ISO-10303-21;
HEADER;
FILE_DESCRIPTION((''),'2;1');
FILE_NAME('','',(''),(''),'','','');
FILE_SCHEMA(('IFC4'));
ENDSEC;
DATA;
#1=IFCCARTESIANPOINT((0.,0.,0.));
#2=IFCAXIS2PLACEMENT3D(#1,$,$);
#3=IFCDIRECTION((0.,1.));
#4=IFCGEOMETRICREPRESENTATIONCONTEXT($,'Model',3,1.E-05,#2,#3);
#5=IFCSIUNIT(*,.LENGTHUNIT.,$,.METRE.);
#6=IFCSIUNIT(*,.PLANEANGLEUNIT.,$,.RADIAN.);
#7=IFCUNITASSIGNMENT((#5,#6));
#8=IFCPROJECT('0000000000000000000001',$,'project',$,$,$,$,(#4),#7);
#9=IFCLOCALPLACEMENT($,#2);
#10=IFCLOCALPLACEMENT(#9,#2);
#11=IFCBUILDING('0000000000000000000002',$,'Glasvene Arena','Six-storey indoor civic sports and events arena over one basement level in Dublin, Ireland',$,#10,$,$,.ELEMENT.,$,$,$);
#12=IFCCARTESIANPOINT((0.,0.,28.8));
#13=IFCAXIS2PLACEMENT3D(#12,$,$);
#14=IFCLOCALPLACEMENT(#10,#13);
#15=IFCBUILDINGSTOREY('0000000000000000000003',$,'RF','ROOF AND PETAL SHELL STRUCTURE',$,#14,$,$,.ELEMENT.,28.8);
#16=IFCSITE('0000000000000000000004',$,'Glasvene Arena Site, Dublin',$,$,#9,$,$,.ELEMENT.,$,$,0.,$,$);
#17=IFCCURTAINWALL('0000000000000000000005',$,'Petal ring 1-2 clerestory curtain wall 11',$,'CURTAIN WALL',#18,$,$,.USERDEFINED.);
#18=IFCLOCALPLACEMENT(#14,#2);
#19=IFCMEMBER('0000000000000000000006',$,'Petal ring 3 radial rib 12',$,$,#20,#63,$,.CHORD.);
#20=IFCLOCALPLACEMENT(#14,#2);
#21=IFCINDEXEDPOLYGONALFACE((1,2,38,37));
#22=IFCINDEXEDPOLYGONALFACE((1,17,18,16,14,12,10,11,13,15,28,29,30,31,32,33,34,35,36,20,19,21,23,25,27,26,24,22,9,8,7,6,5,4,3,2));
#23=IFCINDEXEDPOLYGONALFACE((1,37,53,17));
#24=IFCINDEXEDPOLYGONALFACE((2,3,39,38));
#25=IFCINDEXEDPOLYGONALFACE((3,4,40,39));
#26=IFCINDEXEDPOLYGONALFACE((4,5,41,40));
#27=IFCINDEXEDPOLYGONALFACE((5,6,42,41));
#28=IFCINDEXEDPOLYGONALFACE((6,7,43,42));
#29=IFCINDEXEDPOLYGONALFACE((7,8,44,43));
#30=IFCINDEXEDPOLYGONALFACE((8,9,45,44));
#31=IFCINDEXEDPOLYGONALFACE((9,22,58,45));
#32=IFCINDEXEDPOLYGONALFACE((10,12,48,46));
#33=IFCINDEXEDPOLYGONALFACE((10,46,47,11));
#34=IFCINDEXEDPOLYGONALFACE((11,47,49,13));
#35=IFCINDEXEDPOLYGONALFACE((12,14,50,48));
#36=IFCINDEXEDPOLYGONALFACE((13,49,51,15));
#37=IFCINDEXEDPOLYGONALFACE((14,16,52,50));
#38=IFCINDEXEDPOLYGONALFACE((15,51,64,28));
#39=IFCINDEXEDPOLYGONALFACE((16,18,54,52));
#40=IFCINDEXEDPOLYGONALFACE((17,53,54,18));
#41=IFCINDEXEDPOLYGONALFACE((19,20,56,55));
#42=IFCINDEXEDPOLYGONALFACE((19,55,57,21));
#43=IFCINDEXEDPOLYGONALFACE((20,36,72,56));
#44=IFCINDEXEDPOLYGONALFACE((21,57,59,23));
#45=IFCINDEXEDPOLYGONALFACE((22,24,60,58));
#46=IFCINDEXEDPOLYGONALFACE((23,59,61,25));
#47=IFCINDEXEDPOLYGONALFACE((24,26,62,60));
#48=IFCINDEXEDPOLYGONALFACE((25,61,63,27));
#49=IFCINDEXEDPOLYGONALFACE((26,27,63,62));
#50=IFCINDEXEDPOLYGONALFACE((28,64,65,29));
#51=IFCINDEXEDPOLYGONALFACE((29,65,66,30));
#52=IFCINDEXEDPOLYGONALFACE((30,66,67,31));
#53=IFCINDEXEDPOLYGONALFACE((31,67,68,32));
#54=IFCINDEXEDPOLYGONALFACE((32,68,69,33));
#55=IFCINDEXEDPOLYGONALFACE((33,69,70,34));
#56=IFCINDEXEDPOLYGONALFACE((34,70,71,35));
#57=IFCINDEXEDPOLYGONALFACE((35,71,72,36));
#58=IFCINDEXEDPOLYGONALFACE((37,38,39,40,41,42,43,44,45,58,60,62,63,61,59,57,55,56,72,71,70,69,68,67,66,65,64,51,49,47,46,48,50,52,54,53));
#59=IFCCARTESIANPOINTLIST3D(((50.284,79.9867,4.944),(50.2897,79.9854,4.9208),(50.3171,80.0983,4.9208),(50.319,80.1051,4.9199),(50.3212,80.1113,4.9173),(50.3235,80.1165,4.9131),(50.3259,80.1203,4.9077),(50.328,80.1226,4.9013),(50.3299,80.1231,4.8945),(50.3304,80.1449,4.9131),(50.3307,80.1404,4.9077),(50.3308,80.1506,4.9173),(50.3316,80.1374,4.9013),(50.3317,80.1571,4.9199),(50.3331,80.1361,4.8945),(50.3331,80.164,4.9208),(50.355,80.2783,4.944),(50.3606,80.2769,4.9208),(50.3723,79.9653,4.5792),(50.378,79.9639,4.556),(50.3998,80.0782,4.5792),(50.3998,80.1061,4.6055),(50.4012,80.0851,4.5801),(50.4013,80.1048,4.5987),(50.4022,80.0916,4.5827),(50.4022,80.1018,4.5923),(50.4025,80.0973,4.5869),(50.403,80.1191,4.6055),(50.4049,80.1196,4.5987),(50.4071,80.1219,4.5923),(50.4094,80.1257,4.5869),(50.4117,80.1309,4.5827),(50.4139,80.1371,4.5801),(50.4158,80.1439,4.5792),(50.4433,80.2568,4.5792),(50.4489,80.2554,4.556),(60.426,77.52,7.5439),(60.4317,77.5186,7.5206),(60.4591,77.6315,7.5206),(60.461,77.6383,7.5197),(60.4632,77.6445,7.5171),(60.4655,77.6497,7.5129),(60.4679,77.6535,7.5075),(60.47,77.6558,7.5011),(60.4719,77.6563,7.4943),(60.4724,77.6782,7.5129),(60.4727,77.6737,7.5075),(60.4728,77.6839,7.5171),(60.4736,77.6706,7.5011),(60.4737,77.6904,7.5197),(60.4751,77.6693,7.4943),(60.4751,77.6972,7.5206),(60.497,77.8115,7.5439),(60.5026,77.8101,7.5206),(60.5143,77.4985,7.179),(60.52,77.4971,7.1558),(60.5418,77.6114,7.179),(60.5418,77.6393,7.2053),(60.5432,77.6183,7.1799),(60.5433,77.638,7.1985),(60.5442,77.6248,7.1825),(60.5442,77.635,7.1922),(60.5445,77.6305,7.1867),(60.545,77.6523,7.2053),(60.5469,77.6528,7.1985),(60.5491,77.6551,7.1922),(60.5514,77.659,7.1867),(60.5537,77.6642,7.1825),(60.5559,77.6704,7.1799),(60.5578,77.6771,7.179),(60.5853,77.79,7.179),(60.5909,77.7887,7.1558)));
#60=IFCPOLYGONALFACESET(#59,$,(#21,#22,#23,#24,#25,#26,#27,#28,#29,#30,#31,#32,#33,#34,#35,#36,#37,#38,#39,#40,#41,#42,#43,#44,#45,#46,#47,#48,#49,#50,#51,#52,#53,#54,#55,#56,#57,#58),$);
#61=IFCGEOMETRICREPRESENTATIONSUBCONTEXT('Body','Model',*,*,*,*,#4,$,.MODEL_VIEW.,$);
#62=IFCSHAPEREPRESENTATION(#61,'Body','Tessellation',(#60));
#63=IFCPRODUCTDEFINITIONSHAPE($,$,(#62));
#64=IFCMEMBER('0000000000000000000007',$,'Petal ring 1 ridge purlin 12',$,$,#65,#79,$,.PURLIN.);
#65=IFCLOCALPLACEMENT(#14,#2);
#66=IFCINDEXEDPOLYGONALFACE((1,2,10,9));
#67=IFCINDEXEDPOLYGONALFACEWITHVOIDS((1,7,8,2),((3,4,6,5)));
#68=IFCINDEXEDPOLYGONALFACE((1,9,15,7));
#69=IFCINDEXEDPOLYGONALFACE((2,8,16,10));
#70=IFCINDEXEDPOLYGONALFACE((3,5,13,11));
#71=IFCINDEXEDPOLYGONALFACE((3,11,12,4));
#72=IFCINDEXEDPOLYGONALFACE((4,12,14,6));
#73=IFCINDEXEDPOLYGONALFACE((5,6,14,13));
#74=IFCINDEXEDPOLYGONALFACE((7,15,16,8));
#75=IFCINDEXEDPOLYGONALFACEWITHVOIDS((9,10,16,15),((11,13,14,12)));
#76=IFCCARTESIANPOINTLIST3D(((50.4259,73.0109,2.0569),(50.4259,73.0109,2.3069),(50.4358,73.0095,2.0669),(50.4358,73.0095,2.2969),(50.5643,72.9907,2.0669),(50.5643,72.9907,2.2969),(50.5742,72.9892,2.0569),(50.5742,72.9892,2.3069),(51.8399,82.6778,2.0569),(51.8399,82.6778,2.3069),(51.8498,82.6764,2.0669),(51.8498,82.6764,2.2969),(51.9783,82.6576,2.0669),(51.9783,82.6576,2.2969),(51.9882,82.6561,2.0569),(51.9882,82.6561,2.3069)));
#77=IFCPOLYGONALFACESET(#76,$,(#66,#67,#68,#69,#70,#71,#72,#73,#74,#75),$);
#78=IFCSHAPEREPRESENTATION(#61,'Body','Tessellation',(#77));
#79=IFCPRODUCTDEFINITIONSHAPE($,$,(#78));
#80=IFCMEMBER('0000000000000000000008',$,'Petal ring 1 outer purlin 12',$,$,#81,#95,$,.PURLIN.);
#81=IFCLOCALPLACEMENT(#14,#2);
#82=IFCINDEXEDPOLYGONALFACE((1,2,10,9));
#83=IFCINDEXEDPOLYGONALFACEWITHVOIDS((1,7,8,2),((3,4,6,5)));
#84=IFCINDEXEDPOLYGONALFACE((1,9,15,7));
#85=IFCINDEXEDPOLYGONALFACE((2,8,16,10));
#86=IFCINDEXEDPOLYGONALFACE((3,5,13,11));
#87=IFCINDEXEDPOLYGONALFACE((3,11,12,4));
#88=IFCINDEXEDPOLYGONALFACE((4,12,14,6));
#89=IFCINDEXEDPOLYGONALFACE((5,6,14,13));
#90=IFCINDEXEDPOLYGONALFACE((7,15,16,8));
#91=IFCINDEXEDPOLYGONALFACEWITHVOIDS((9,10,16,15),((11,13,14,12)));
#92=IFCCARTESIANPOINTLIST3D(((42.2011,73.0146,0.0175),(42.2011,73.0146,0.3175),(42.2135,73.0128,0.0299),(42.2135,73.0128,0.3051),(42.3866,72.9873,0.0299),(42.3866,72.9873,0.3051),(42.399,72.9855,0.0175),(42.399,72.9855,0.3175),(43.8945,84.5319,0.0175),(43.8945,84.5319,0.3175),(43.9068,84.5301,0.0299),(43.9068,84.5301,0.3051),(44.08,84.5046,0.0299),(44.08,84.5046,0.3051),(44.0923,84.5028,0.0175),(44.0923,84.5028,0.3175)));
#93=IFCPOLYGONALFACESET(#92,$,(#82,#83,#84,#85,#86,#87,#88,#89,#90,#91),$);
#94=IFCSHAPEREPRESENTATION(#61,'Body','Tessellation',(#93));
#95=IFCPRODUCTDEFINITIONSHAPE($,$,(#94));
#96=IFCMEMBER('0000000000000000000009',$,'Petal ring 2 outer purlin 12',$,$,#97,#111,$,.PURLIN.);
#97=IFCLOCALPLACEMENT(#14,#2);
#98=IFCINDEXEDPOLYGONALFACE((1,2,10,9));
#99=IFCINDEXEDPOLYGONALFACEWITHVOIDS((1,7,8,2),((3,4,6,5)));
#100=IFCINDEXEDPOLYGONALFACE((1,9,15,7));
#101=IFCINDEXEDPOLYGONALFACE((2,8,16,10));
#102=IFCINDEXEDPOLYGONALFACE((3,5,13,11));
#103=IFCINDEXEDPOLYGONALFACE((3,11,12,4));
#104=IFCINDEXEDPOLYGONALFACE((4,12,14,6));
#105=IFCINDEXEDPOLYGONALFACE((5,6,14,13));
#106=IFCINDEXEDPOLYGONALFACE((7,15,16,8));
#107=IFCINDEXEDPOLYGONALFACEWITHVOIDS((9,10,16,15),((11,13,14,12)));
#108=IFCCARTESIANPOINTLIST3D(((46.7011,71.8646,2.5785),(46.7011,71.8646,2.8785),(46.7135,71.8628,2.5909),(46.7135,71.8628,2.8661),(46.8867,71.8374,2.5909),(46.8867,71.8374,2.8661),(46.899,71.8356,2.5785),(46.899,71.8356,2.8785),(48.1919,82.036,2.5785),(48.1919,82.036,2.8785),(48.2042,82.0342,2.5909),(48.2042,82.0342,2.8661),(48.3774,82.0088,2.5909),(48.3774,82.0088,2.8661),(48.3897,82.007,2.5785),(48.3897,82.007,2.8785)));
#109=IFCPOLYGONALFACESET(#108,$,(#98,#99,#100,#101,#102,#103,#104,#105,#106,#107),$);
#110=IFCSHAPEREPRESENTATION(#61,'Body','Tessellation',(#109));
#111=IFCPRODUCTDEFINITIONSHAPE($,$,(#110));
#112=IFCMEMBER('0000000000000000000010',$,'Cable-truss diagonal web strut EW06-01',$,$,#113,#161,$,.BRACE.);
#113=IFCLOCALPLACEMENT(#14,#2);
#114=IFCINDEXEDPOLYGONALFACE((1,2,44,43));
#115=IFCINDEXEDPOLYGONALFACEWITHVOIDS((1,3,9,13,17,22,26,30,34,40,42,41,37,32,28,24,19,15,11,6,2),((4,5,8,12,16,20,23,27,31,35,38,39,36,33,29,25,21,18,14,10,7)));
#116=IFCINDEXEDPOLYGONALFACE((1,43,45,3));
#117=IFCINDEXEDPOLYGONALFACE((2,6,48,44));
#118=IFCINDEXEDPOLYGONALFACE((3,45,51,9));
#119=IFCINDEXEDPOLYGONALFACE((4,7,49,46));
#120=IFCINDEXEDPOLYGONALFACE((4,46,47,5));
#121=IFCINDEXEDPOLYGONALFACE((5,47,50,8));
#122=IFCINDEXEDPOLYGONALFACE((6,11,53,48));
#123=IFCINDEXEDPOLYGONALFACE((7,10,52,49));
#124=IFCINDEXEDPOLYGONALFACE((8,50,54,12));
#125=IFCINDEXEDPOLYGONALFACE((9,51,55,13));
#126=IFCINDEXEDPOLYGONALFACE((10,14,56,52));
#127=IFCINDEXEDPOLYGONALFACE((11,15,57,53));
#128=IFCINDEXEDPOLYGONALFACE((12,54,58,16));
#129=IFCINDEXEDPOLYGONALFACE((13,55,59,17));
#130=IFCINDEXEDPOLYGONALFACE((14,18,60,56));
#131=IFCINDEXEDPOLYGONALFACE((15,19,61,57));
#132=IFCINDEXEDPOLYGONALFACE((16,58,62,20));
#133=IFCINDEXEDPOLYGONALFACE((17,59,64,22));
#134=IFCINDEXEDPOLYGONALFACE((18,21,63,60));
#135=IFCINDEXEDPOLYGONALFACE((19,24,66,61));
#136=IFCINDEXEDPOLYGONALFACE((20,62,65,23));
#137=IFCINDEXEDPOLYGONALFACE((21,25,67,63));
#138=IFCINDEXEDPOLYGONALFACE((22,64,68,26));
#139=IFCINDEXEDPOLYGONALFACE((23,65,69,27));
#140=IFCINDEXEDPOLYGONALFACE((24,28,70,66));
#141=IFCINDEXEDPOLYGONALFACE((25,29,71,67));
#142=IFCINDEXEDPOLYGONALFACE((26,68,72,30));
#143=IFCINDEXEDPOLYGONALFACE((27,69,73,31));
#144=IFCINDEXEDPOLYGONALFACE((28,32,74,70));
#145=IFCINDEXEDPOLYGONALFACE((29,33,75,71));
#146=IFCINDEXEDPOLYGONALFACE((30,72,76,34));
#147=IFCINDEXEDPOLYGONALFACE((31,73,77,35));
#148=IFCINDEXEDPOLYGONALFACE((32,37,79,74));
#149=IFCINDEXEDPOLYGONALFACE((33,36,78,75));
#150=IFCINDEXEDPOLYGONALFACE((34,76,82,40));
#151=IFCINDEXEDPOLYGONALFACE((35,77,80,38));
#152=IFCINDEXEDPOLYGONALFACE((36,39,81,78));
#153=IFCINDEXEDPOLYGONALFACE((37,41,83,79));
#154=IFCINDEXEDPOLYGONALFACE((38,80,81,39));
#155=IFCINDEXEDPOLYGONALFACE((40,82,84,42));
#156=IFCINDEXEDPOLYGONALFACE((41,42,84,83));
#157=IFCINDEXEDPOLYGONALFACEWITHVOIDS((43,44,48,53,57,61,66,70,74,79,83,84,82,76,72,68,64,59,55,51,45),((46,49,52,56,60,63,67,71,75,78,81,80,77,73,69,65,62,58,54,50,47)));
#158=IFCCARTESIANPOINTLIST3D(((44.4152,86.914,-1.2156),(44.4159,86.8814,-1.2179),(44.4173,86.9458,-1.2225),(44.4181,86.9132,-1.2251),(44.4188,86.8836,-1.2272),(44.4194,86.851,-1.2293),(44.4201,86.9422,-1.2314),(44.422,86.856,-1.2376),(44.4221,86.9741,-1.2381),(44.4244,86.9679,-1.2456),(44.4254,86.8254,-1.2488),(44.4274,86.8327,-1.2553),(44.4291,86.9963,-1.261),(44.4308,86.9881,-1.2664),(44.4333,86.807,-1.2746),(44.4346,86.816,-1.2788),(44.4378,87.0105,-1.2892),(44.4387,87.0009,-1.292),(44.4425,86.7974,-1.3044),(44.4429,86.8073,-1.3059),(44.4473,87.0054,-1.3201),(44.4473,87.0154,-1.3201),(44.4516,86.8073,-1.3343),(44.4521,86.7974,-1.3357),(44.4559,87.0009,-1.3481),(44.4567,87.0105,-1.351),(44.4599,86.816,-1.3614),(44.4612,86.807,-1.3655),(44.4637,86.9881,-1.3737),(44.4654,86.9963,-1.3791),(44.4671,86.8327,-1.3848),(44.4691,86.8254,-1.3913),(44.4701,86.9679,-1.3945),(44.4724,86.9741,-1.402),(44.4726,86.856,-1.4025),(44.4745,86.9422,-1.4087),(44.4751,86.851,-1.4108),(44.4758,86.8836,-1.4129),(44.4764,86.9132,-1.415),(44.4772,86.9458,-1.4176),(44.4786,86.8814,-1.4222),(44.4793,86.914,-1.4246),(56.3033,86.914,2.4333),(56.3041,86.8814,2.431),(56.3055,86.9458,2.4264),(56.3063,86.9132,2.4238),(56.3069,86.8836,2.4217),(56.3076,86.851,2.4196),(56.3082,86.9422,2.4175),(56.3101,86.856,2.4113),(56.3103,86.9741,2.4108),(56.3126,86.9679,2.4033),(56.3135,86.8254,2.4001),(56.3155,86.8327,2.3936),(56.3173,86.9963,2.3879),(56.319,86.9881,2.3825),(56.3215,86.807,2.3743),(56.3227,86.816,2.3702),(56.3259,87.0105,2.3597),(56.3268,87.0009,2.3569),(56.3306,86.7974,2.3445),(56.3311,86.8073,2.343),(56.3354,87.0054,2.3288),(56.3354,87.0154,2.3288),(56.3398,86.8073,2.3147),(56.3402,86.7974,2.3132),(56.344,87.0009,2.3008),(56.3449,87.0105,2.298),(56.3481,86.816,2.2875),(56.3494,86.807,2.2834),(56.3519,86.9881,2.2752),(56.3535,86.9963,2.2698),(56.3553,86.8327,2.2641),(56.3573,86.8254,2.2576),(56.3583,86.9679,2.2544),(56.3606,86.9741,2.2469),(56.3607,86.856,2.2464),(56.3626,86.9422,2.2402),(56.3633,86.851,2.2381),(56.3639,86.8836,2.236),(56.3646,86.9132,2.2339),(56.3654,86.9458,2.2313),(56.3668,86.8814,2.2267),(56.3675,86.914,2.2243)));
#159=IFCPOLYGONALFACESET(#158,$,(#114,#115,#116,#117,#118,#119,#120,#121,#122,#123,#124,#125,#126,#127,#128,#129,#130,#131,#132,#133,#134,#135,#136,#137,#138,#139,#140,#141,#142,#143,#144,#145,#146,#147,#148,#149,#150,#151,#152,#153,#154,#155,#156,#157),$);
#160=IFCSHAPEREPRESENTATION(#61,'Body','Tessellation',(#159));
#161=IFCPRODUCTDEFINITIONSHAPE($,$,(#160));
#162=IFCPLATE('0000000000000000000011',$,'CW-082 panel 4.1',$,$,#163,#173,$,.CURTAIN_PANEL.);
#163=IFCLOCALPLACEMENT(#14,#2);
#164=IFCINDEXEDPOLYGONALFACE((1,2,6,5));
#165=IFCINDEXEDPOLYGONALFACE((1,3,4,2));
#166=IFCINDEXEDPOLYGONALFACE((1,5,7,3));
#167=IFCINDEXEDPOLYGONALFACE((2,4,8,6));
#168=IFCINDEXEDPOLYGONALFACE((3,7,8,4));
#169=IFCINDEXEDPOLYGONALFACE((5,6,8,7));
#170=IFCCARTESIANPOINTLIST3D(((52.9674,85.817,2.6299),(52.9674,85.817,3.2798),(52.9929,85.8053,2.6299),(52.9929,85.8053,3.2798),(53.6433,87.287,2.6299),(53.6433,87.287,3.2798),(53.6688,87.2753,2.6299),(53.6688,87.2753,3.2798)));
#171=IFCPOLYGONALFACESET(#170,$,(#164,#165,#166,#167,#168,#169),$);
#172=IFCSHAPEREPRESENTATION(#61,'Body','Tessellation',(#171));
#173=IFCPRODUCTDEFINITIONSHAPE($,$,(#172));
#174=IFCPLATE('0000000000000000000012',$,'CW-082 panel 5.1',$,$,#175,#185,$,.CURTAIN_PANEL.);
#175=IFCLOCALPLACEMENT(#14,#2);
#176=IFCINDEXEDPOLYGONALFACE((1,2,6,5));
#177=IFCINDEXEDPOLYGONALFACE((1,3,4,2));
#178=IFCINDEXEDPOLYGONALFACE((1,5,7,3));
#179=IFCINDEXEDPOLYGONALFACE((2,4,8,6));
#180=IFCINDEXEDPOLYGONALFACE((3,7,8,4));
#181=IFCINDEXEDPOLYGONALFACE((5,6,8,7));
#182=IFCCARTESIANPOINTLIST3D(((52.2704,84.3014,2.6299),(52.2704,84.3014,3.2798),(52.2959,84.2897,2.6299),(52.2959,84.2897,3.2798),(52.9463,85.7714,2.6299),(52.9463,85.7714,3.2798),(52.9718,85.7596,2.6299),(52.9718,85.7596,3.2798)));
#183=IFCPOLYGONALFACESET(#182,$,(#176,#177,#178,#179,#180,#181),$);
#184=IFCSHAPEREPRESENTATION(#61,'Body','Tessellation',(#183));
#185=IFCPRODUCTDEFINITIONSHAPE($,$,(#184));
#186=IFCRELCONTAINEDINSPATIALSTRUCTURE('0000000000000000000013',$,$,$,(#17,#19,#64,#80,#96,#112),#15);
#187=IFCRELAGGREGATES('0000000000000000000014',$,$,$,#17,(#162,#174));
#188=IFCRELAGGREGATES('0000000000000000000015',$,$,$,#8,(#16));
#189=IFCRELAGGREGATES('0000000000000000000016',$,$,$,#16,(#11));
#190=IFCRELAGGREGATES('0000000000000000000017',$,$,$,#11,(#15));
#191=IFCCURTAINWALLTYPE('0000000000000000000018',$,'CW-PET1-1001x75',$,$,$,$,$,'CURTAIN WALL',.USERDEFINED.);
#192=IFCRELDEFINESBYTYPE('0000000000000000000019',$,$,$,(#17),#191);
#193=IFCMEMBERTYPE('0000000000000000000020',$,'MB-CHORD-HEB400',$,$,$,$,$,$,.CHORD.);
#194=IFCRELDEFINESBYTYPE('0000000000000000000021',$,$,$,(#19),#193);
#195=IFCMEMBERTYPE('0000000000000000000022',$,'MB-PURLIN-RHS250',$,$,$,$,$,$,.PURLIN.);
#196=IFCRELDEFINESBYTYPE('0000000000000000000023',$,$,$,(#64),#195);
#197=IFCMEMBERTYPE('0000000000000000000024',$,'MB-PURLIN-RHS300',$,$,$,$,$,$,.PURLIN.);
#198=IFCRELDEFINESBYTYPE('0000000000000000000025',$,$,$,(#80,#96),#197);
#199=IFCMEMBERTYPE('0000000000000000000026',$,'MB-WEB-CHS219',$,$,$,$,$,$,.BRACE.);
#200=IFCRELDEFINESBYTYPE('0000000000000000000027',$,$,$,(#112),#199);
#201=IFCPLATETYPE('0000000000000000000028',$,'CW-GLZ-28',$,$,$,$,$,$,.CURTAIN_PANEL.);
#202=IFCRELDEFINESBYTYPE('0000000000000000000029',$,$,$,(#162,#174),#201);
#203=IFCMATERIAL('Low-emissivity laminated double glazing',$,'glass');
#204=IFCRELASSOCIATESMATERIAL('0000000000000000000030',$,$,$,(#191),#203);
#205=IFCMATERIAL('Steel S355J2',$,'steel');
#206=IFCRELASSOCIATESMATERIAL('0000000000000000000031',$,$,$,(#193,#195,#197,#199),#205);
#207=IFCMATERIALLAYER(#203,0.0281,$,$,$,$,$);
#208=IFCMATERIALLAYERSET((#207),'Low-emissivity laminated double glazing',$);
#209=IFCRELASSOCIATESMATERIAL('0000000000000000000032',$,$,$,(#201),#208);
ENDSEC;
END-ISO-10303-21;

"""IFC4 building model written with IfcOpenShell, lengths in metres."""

from ifc_helpers import new_model, si_unit, direction, frame, origin, origin_2d, place, context, subcontext, project, spatial, rectangle, hollow_rectangle, hollow_circle, i_section, extrude, material, layer, layer_set, material_profile, profile_set, type_object, element, aggregate, save


model = new_model("IFC4")

# Units and contexts
model_context = context("Model", 3, precision=1e-05, world=origin(), true_north=direction((0.0, 1.0)))
body_context = subcontext(model_context, "Body", "Model", "MODEL_VIEW")
ifc_project = project(units=[si_unit("LENGTHUNIT", "METRE"), si_unit("PLANEANGLEUNIT", "RADIAN")], contexts=[model_context])

# Site, building, storey
site_placement = place(None, origin())
site = spatial("IfcSite", under=ifc_project, at=site_placement, Name="Glasvene Arena Site, Dublin", CompositionType="ELEMENT", RefElevation=0.0)
building_placement = place(site_placement, origin())
building = spatial("IfcBuilding", under=site, at=building_placement, Name="Glasvene Arena", Description="Six-storey indoor civic sports and events arena over one basement level in Dublin, Ireland", CompositionType="ELEMENT")
storey_placement = place(building_placement, frame((0.0, 0.0, 28.8)))
storey = spatial("IfcBuildingStorey", under=building, at=storey_placement, Name="RF", Description="ROOF AND PETAL SHELL STRUCTURE", CompositionType="ELEMENT", Elevation=28.8)

# Shared definitions
ifc_material_1 = material(Name="Steel S355J2", Category="steel")

# Curtain wall
ifc_material_2 = material(Name="Low-emissivity laminated double glazing", Category="glass")
curtain_wall_type_1 = type_object("IfcCurtainWallType", Name="CW-PET1-1001x75", ElementType="CURTAIN WALL", PredefinedType="USERDEFINED", material=ifc_material_2)
curtain_wall_1_placement = place(storey_placement, frame((55.7568, 91.8501, 0.0)))
curtain_wall_1 = element("IfcCurtainWall", 1, at=curtain_wall_1_placement, inside=storey, type_object=curtain_wall_type_1, Name="Petal ring 1-2 clerestory curtain wall 11", ObjectType="CURTAIN WALL", PredefinedType="USERDEFINED")

# Members
ifc_material_profile_1 = material_profile(ifc_material_1, i_section(OverallWidth=0.3, OverallDepth=0.3999, WebThickness=0.0134, FlangeThickness=0.0239, FilletRadius=0.0271, at=origin_2d()), Name="HEB 400")
ifc_profile_set_1 = profile_set([ifc_material_profile_1], Name="Steel S355J2")
member_type_1 = type_object("IfcMemberType", Name="MB-CHORD-HEB400", PredefinedType="CHORD", material=ifc_profile_set_1)
member_1_placement = place(storey_placement, frame((50.3665, 80.1211, 4.75), z_axis=(0.942864, -0.229327, 0.241696), x_axis=(0.236334, 0.971672, 0.0)))
element("IfcMember", 2, at=member_1_placement, inside=storey, type_object=member_type_1, Name="Petal ring 3 radial rib 12", PredefinedType="CHORD", context=body_context, shape_type="SweptSolid", body=[
    extrude(i_section(OverallWidth=0.3, OverallDepth=0.3999, WebThickness=0.0134, FlangeThickness=0.0239, FilletRadius=0.0271, at=origin_2d()), origin(), (0.0, 0.0, 1.0), 10.7566),
])
ifc_material_profile_2 = material_profile(ifc_material_1, hollow_rectangle(XDim=0.1499, YDim=0.25, WallThickness=0.01, at=origin_2d()), Name="RHS 250x150x10.0")
ifc_profile_set_2 = profile_set([ifc_material_profile_2], Name="Steel S355J2")
member_type_2 = type_object("IfcMemberType", Name="MB-PURLIN-RHS250", PredefinedType="PURLIN", material=ifc_profile_set_2)
member_2_placement = place(storey_placement, frame((51.9141, 82.667, 2.1819), z_axis=(-0.144737, -0.98947, 0.0), x_axis=(0.98947, -0.144737, 0.0)))
element("IfcMember", 3, at=member_2_placement, inside=storey, type_object=member_type_2, Name="Petal ring 1 ridge purlin 12", PredefinedType="PURLIN", context=body_context, shape_type="SweptSolid", body=[
    extrude(hollow_rectangle(XDim=0.1499, YDim=0.25, WallThickness=0.01, at=origin_2d()), origin(), (0.0, 0.0, 1.0), 9.7698),
])
ifc_material_profile_3 = material_profile(ifc_material_1, hollow_rectangle(XDim=0.2, YDim=0.3, WallThickness=0.0125, at=origin_2d()), Name="RHS 300x200x12.5")
ifc_profile_set_3 = profile_set([ifc_material_profile_3], Name="Steel S355J2")
member_type_3 = type_object("IfcMemberType", Name="MB-PURLIN-RHS300", PredefinedType="PURLIN", material=ifc_profile_set_3)
member_3_placement = place(storey_placement, frame((43.9934, 84.5173, 0.1675), z_axis=(-0.145463, -0.989364, 0.0), x_axis=(0.989364, -0.145463, 0.0)))
element("IfcMember", 4, at=member_3_placement, inside=storey, type_object=member_type_3, Name="Petal ring 1 outer purlin 12", PredefinedType="PURLIN", context=body_context, shape_type="SweptSolid", body=[
    extrude(hollow_rectangle(XDim=0.2, YDim=0.3, WallThickness=0.0125, at=origin_2d()), origin(), (0.0, 0.0, 1.0), 11.6411),
])
member_4_placement = place(storey_placement, frame((48.2908, 82.0215, 2.7285), z_axis=(-0.145011, -0.98943, 0.0), x_axis=(0.98943, -0.145011, 0.0)))
element("IfcMember", 5, at=member_4_placement, inside=storey, type_object=member_type_3, Name="Petal ring 2 outer purlin 12", PredefinedType="PURLIN", context=body_context, shape_type="SweptSolid", body=[
    extrude(hollow_rectangle(XDim=0.2, YDim=0.3, WallThickness=0.0125, at=origin_2d()), origin(), (0.0, 0.0, 1.0), 10.28),
])
ifc_material_profile_4 = material_profile(ifc_material_1, hollow_circle(Radius=0.1096, WallThickness=0.01, at=origin_2d()), Name="CHS 219.1x10.0")
ifc_profile_set_4 = profile_set([ifc_material_profile_4], Name="Steel S355J2")
member_type_4 = type_object("IfcMemberType", Name="MB-WEB-CHS219", PredefinedType="BRACE", material=ifc_profile_set_4)
member_5_placement = place(storey_placement, frame((44.4473, 86.9058, -1.3201), z_axis=(0.955982, 0.0, 0.293426), x_axis=(0.0, 1.0, 0.0)))
element("IfcMember", 6, at=member_5_placement, inside=storey, type_object=member_type_4, Name="Cable-truss diagonal web strut EW06-01", PredefinedType="BRACE", context=body_context, shape_type="SweptSolid", body=[
    extrude(hollow_circle(Radius=0.1096, WallThickness=0.01, at=origin_2d()), origin(), (0.0, 0.0, 1.0), 12.4355),
])

# Plates
ifc_layer_1 = layer(ifc_material_2, 0.0281)
ifc_layer_set_1 = layer_set([ifc_layer_1], Name="Low-emissivity laminated double glazing")
plate_type_1 = type_object("IfcPlateType", Name="CW-GLZ-28", PredefinedType="CURTAIN_PANEL", material=ifc_layer_set_1)
plate_1_placement = place(storey_placement, frame((53.3181, 86.5461, 2.6299), z_axis=(0.0, 0.0, 1.0), x_axis=(-0.417761, -0.908557, 0.0)))
plate_1 = element("IfcPlate", 7, at=plate_1_placement, type_object=plate_type_1, Name="CW-082 panel 4.1", PredefinedType="CURTAIN_PANEL", context=body_context, shape_type="SweptSolid", body=[
    extrude(rectangle(XDim=1.6179, YDim=0.0281, at=origin_2d()), origin(), (0.0, 0.0, 1.0), 0.6499),
])
plate_2_placement = place(storey_placement, frame((52.6211, 85.0305, 2.6299), z_axis=(0.0, 0.0, 1.0), x_axis=(-0.417761, -0.908557, 0.0)))
plate_2 = element("IfcPlate", 8, at=plate_2_placement, type_object=plate_type_1, Name="CW-082 panel 5.1", PredefinedType="CURTAIN_PANEL", context=body_context, shape_type="SweptSolid", body=[
    extrude(rectangle(XDim=1.6179, YDim=0.0281, at=origin_2d()), origin(), (0.0, 0.0, 1.0), 0.6499),
])
aggregate(curtain_wall_1, [plate_1, plate_2])

save(model, "model.ifc")
